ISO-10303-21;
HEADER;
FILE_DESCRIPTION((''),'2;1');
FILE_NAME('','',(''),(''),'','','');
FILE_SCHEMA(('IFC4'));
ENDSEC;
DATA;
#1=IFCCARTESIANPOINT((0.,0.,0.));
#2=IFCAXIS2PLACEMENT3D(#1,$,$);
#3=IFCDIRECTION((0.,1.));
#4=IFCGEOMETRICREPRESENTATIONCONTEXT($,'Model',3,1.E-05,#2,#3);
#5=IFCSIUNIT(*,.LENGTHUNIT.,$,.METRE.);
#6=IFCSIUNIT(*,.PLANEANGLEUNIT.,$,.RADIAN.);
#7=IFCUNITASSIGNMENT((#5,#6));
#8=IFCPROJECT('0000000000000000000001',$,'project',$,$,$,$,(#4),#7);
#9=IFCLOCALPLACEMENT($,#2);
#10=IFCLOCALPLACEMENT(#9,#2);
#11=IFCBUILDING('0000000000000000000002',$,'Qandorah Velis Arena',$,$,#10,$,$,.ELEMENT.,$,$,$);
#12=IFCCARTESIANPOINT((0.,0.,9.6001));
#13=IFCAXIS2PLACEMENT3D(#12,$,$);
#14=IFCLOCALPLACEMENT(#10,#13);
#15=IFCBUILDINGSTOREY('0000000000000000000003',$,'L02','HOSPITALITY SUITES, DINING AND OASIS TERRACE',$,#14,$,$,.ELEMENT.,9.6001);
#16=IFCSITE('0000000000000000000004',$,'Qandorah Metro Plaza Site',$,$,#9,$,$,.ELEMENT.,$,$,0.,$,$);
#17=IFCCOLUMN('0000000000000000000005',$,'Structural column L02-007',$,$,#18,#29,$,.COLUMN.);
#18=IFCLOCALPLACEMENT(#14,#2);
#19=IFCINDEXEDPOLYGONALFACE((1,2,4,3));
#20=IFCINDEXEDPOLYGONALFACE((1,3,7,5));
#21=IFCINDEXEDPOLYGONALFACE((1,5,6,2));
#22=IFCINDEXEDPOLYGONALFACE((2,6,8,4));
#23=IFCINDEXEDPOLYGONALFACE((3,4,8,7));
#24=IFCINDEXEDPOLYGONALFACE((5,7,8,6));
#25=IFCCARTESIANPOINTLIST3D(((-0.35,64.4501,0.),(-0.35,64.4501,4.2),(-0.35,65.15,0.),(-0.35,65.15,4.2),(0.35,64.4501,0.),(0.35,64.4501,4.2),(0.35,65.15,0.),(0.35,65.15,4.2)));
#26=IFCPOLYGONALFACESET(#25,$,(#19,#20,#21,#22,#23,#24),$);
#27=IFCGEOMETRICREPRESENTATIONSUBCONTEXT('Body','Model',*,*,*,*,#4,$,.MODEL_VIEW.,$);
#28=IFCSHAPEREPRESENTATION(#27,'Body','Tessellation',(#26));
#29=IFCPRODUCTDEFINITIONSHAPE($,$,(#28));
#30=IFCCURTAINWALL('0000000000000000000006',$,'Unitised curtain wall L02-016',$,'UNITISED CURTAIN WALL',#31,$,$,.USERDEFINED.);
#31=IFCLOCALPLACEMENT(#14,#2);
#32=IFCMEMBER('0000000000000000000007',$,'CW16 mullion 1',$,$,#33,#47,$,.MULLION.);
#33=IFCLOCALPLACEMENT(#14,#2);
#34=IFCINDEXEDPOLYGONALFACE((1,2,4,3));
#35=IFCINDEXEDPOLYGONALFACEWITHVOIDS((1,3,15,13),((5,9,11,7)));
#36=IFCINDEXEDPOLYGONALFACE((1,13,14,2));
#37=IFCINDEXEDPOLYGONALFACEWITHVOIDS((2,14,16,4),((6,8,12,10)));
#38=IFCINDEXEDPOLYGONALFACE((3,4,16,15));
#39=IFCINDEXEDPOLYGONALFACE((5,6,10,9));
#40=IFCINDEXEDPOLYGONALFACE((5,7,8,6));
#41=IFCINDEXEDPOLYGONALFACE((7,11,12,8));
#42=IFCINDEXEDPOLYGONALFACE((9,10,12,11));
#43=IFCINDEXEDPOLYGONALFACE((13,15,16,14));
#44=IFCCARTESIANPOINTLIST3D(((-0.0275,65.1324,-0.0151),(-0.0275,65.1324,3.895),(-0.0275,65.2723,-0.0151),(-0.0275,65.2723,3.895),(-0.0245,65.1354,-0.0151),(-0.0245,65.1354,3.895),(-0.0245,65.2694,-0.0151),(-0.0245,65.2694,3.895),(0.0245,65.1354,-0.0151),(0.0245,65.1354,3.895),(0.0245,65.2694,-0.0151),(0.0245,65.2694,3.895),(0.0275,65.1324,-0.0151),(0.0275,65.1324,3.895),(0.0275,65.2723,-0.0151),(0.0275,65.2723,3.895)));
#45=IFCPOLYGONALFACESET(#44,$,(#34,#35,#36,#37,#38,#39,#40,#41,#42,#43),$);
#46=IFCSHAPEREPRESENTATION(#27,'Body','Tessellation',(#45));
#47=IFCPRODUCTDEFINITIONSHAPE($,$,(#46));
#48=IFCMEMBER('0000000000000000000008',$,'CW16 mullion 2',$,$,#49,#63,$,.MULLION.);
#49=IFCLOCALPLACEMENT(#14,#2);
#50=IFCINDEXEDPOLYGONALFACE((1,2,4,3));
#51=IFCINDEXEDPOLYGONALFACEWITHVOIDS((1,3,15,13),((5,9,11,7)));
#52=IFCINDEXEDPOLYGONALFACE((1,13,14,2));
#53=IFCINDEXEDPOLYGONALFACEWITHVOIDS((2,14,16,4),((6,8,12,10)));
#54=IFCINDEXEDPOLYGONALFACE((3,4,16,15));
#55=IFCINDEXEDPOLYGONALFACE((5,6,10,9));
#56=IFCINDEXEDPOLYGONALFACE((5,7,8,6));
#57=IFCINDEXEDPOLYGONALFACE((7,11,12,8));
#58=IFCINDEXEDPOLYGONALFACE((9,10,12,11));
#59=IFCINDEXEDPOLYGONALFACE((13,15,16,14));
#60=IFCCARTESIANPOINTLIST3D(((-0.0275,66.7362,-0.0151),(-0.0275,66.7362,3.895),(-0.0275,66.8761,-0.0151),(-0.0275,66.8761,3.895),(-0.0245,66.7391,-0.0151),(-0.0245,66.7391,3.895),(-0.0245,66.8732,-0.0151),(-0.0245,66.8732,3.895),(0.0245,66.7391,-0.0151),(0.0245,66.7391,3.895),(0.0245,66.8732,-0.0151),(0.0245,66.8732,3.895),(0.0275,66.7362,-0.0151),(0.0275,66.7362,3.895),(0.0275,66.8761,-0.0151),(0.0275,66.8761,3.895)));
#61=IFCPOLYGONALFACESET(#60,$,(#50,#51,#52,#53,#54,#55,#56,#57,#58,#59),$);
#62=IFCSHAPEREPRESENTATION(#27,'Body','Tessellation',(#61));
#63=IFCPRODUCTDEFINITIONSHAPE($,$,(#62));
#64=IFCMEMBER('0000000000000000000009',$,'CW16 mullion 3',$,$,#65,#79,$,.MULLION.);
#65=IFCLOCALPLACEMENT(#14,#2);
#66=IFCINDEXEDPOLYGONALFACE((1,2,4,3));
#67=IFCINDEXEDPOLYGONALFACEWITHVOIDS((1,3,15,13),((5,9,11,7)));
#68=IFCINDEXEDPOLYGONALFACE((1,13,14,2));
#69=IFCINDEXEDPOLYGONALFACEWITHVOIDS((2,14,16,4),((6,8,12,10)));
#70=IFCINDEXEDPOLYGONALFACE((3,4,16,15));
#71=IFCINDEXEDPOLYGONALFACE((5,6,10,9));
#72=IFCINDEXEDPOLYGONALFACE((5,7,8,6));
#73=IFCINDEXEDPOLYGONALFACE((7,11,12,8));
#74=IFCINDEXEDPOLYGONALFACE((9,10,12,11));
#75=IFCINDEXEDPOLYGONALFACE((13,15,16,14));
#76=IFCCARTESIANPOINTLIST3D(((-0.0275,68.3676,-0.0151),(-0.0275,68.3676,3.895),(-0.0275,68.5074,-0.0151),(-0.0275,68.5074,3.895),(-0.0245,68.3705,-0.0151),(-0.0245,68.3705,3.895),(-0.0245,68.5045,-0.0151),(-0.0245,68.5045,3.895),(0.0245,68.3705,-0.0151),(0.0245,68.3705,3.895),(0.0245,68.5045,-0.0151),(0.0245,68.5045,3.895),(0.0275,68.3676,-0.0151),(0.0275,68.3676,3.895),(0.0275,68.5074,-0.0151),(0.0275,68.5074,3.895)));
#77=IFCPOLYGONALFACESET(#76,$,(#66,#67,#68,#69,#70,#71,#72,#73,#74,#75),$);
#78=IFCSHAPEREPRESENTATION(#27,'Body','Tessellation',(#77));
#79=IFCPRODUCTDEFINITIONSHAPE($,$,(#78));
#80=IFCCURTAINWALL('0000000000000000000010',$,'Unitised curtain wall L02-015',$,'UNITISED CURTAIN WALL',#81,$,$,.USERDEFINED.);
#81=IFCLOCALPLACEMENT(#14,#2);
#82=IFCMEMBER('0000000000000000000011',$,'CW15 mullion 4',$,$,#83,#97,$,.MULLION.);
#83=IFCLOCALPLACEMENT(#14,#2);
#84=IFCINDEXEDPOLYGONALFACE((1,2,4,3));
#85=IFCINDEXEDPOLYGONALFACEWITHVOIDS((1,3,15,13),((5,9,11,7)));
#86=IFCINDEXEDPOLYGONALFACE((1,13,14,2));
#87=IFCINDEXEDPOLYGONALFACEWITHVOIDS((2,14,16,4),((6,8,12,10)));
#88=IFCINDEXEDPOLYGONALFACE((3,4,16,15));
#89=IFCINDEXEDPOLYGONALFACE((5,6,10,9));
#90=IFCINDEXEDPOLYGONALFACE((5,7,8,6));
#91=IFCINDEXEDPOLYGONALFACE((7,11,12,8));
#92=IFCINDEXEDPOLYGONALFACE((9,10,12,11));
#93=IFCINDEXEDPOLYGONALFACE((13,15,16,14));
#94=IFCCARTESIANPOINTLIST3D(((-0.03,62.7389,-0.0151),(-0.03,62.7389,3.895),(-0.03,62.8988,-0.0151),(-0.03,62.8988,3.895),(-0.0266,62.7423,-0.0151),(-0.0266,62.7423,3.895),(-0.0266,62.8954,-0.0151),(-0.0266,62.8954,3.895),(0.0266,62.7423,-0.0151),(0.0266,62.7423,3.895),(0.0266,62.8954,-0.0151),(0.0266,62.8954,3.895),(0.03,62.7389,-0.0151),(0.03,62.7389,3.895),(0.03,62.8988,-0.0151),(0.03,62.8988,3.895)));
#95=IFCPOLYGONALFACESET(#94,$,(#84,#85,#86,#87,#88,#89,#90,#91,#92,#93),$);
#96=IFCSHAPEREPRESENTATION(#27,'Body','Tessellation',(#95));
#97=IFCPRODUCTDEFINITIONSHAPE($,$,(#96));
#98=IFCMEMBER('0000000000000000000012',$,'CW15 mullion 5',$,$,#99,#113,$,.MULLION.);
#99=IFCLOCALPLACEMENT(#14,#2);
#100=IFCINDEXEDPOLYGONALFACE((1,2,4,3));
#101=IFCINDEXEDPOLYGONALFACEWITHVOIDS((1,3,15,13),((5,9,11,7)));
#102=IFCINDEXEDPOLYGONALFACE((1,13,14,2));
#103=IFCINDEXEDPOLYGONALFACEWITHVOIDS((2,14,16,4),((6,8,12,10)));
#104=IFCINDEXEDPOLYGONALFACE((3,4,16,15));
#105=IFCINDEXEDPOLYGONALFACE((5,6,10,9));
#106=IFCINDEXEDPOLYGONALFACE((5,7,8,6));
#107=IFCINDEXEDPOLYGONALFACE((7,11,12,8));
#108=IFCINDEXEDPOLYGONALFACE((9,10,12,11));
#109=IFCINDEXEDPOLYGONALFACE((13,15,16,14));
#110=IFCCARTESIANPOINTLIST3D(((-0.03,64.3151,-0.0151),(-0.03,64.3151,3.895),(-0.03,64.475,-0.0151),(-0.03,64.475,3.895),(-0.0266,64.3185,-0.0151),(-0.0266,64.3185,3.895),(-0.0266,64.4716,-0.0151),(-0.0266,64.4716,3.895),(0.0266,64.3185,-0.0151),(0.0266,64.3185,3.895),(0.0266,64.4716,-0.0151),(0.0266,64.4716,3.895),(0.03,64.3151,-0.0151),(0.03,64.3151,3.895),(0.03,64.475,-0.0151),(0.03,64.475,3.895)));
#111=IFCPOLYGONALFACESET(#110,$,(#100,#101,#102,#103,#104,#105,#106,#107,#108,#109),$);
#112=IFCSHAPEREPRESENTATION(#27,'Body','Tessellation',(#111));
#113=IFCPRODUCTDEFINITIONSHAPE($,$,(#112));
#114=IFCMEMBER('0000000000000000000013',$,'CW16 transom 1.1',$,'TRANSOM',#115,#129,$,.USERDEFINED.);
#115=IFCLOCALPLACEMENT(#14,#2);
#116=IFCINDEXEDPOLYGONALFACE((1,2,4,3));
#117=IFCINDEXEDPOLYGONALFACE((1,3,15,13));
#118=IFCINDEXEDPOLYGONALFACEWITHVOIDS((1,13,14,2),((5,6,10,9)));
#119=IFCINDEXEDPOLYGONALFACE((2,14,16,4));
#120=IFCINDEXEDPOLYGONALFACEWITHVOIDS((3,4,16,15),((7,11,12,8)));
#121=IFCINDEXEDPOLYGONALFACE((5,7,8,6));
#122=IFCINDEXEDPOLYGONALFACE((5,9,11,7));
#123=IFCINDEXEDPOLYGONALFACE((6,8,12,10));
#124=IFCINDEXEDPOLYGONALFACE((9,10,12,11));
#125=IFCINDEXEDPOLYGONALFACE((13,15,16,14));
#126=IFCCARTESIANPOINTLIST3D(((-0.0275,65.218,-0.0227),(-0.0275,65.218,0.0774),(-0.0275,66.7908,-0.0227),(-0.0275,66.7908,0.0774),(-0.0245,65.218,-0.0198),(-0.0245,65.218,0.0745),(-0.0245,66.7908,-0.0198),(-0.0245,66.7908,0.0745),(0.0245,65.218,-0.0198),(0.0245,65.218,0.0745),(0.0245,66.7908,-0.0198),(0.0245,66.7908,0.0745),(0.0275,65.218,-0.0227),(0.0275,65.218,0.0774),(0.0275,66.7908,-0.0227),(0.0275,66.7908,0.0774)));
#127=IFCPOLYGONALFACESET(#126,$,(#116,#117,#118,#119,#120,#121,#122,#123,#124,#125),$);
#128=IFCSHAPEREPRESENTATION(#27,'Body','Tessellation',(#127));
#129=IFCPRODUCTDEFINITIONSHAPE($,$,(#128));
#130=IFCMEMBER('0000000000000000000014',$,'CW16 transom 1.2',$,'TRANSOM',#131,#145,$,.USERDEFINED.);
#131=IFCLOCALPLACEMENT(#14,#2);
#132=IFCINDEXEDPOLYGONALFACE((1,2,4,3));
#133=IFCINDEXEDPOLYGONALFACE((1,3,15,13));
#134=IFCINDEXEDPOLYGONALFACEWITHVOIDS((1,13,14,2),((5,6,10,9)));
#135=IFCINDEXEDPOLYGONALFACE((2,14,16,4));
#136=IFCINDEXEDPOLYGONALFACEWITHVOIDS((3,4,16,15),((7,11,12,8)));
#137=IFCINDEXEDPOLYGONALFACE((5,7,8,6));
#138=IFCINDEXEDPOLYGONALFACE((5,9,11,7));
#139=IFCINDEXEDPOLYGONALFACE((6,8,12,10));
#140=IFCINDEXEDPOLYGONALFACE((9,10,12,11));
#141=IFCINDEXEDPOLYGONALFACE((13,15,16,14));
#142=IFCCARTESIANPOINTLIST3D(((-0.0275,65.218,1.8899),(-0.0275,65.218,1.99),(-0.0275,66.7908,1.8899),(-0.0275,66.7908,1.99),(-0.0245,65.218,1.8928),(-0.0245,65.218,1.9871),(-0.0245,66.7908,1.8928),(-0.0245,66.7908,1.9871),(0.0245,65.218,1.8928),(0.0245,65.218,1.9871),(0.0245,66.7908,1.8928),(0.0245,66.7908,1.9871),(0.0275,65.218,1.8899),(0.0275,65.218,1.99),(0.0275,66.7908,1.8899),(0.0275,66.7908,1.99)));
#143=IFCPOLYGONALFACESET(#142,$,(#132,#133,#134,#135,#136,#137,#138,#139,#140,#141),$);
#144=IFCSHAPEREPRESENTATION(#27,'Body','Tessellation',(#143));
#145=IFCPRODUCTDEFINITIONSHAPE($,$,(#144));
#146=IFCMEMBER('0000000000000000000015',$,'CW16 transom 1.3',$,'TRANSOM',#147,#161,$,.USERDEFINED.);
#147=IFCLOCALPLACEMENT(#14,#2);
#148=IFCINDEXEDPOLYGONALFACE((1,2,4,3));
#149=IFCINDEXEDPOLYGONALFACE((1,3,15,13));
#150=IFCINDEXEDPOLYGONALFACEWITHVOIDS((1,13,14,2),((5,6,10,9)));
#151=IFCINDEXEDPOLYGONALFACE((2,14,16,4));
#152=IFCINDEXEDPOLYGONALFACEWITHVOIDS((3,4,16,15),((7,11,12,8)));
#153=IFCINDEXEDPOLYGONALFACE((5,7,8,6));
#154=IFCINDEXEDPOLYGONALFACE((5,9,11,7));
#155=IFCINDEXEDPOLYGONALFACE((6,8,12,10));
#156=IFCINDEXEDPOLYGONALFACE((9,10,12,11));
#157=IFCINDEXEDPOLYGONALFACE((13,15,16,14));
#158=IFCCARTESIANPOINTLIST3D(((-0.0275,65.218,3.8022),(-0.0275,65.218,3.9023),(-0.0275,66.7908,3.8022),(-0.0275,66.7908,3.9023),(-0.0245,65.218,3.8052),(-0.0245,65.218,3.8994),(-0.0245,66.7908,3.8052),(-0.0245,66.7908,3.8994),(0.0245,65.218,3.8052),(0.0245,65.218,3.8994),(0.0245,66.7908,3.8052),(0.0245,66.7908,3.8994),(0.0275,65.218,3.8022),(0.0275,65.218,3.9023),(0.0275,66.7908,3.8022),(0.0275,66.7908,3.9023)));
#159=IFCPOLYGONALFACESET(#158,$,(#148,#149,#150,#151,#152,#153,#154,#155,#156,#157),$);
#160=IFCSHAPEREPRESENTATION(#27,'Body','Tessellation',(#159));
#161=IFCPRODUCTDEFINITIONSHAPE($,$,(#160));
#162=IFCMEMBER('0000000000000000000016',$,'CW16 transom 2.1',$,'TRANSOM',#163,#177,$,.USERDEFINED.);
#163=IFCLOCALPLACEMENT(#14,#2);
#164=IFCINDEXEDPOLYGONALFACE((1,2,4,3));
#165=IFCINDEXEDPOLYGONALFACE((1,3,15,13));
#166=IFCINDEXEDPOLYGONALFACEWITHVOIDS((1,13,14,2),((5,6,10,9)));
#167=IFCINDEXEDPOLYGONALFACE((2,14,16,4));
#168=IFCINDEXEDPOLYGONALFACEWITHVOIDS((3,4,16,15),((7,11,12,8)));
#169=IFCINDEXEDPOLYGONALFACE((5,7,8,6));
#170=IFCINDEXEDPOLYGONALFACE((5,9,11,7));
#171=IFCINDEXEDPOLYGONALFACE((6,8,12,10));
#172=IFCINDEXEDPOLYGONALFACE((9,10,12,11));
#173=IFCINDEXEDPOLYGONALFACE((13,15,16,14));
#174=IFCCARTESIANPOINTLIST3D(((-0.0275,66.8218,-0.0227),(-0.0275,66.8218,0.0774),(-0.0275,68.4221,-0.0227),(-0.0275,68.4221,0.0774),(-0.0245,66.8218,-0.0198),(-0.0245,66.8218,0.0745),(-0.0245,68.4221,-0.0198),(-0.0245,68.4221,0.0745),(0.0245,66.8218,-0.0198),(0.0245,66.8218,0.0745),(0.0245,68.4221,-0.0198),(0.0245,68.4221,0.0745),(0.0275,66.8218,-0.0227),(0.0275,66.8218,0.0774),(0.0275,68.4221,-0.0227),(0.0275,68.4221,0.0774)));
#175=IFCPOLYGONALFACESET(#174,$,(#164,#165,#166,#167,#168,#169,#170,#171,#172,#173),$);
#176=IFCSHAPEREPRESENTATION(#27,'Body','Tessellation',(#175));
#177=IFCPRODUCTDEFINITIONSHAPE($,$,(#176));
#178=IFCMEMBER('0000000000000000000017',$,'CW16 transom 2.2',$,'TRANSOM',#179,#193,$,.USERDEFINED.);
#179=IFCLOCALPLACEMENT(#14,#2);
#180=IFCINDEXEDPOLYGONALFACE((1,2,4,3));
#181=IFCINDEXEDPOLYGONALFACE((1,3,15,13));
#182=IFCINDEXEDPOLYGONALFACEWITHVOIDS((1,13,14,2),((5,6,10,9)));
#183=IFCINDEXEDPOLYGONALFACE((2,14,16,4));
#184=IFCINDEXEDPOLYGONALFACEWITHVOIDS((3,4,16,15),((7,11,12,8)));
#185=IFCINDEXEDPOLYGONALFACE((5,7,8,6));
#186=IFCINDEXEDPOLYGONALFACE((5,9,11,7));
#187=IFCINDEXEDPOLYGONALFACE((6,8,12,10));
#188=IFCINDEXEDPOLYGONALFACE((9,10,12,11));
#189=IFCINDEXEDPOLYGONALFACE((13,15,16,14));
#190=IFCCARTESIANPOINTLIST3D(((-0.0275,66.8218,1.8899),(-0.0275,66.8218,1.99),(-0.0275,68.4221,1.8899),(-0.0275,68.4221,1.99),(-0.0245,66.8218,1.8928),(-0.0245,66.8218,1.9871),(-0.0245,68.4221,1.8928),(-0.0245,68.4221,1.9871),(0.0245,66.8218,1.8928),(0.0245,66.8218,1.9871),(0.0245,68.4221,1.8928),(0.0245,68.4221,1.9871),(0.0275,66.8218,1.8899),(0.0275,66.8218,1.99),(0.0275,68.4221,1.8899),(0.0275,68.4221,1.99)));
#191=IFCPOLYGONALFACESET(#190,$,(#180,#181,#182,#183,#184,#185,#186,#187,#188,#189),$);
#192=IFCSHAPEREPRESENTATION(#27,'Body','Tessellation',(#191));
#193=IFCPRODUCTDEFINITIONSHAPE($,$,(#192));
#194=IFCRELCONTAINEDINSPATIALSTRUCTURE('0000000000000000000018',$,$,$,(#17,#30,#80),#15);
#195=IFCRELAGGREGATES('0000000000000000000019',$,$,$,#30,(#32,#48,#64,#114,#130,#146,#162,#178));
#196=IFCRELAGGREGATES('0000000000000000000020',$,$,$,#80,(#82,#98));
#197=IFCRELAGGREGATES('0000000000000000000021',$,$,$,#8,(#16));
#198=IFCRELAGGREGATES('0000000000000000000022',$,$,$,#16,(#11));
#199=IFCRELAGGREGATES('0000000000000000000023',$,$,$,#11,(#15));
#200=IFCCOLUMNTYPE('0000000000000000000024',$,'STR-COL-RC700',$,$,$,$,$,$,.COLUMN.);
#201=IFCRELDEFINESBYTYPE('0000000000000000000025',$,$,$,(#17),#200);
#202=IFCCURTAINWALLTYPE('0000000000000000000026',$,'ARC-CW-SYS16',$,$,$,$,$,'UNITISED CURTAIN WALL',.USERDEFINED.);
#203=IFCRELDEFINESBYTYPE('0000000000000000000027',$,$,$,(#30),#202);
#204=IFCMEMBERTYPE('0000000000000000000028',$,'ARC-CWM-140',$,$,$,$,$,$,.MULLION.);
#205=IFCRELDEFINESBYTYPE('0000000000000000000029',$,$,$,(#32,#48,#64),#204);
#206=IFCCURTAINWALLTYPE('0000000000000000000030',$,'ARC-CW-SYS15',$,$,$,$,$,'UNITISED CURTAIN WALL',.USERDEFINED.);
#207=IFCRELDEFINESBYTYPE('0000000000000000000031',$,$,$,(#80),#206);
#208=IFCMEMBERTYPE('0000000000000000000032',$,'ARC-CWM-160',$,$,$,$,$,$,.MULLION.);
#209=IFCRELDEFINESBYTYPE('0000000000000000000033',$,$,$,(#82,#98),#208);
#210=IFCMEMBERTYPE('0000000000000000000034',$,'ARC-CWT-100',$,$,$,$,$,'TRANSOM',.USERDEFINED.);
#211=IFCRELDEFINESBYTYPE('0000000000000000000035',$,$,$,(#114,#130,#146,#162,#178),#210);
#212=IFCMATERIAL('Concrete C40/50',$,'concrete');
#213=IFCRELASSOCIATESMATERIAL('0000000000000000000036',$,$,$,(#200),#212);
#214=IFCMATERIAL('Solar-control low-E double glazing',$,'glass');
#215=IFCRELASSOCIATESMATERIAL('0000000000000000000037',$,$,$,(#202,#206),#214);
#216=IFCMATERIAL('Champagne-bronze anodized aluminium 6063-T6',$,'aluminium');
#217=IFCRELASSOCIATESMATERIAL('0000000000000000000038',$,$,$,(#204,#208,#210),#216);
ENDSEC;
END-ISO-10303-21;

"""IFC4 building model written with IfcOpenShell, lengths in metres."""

from ifc_helpers import new_model, si_unit, direction, frame, origin, origin_2d, place, context, subcontext, project, spatial, rectangle, hollow_rectangle, extrude, material, material_profile, profile_set, type_object, element, aggregate, save


model = new_model("IFC4")

# Units and contexts
model_context = context("Model", 3, precision=1e-05, world=origin(), true_north=direction((0.0, 1.0)))
body_context = subcontext(model_context, "Body", "Model", "MODEL_VIEW")
ifc_project = project(units=[si_unit("LENGTHUNIT", "METRE"), si_unit("PLANEANGLEUNIT", "RADIAN")], contexts=[model_context])

# Site, building, storey
site_placement = place(None, origin())
site = spatial("IfcSite", under=ifc_project, at=site_placement, Name="Qandorah Metro Plaza Site", CompositionType="ELEMENT", RefElevation=0.0)
building_placement = place(site_placement, origin())
building = spatial("IfcBuilding", under=site, at=building_placement, Name="Qandorah Velis Arena", CompositionType="ELEMENT")
storey_placement = place(building_placement, frame((0.0, 0.0, 9.6001)))
storey = spatial("IfcBuildingStorey", under=building, at=storey_placement, Name="L02", Description="HOSPITALITY SUITES, DINING AND OASIS TERRACE", CompositionType="ELEMENT", Elevation=9.6001)

# Column
ifc_material_1 = material(Name="Concrete C40/50", Category="concrete")
ifc_material_profile_1 = material_profile(ifc_material_1, rectangle(XDim=0.7, YDim=0.7, at=origin_2d()), Name="RC COL 700x700")
ifc_profile_set_1 = profile_set([ifc_material_profile_1], Name="Concrete C40/50")
column_type = type_object("IfcColumnType", Name="STR-COL-RC700", PredefinedType="COLUMN", material=ifc_profile_set_1)
column_placement = place(storey_placement, frame((0.0, 64.8, 0.0), z_axis=(0.0, 0.0, 1.0), x_axis=(1.0, 0.0, 0.0)))
element("IfcColumn", 1, at=column_placement, inside=storey, type_object=column_type, Name="Structural column L02-007", PredefinedType="COLUMN", context=body_context, shape_type="SweptSolid", body=[
    extrude(rectangle(XDim=0.7, YDim=0.7, at=origin_2d()), origin(), (0.0, 0.0, 1.0), 4.2),
])

# Curtain walls, members
ifc_material_2 = material(Name="Solar-control low-E double glazing", Category="glass")
curtain_wall_type_1 = type_object("IfcCurtainWallType", Name="ARC-CW-SYS16", ElementType="UNITISED CURTAIN WALL", PredefinedType="USERDEFINED", material=ifc_material_2)
curtain_wall_1_placement = place(storey_placement, origin())
curtain_wall_1 = element("IfcCurtainWall", 2, at=curtain_wall_1_placement, inside=storey, type_object=curtain_wall_type_1, Name="Unitised curtain wall L02-016", ObjectType="UNITISED CURTAIN WALL", PredefinedType="USERDEFINED")
ifc_material_3 = material(Name="Champagne-bronze anodized aluminium 6063-T6", Category="aluminium")
ifc_material_profile_2 = material_profile(ifc_material_3, hollow_rectangle(XDim=0.0549, YDim=0.1399, WallThickness=0.0029, at=origin_2d()), Name="ALU MULLION 55x140")
ifc_profile_set_2 = profile_set([ifc_material_profile_2], Name="Champagne-bronze anodized aluminium 6063-T6")
member_type_1 = type_object("IfcMemberType", Name="ARC-CWM-140", PredefinedType="MULLION", material=ifc_profile_set_2)
member_1_placement = place(storey_placement, frame((0.0, 65.2024, -0.0151), z_axis=(0.0, 0.0, 1.0), x_axis=(-1.0, 0.0, 0.0)))
member_1 = element("IfcMember", 3, at=member_1_placement, type_object=member_type_1, Name="CW16 mullion 1", PredefinedType="MULLION", context=body_context, shape_type="SweptSolid", body=[
    extrude(hollow_rectangle(XDim=0.0549, YDim=0.1399, WallThickness=0.0029, at=origin_2d()), origin(), (0.0, 0.0, 1.0), 3.9102),
])
member_2_placement = place(storey_placement, frame((0.0, 66.8062, -0.0151), z_axis=(0.0, 0.0, 1.0), x_axis=(-1.0, 0.0, 0.0)))
member_2 = element("IfcMember", 4, at=member_2_placement, type_object=member_type_1, Name="CW16 mullion 2", PredefinedType="MULLION", context=body_context, shape_type="SweptSolid", body=[
    extrude(hollow_rectangle(XDim=0.0549, YDim=0.1399, WallThickness=0.0029, at=origin_2d()), origin(), (0.0, 0.0, 1.0), 3.9102),
])
member_3_placement = place(storey_placement, frame((0.0, 68.4375, -0.0151), z_axis=(0.0, 0.0, 1.0), x_axis=(-1.0, 0.0, 0.0)))
member_3 = element("IfcMember", 5, at=member_3_placement, type_object=member_type_1, Name="CW16 mullion 3", PredefinedType="MULLION", context=body_context, shape_type="SweptSolid", body=[
    extrude(hollow_rectangle(XDim=0.0549, YDim=0.1399, WallThickness=0.0029, at=origin_2d()), origin(), (0.0, 0.0, 1.0), 3.9102),
])
curtain_wall_type_2 = type_object("IfcCurtainWallType", Name="ARC-CW-SYS15", ElementType="UNITISED CURTAIN WALL", PredefinedType="USERDEFINED", material=ifc_material_2)
curtain_wall_2_placement = place(storey_placement, origin())
curtain_wall_2 = element("IfcCurtainWall", 6, at=curtain_wall_2_placement, inside=storey, type_object=curtain_wall_type_2, Name="Unitised curtain wall L02-015", ObjectType="UNITISED CURTAIN WALL", PredefinedType="USERDEFINED")
ifc_material_profile_3 = material_profile(ifc_material_3, hollow_rectangle(XDim=0.0601, YDim=0.1599, WallThickness=0.0034, at=origin_2d()), Name="ALU MULLION 60x160")
ifc_profile_set_3 = profile_set([ifc_material_profile_3], Name="Champagne-bronze anodized aluminium 6063-T6")
member_type_2 = type_object("IfcMemberType", Name="ARC-CWM-160", PredefinedType="MULLION", material=ifc_profile_set_3)
member_4_placement = place(storey_placement, frame((0.0, 62.8188, -0.0151), z_axis=(0.0, 0.0, 1.0), x_axis=(-1.0, 0.0, 0.0)))
member_4 = element("IfcMember", 7, at=member_4_placement, type_object=member_type_2, Name="CW15 mullion 4", PredefinedType="MULLION", context=body_context, shape_type="SweptSolid", body=[
    extrude(hollow_rectangle(XDim=0.0601, YDim=0.1599, WallThickness=0.0034, at=origin_2d()), origin(), (0.0, 0.0, 1.0), 3.9102),
])
member_5_placement = place(storey_placement, frame((0.0, 64.395, -0.0151), z_axis=(0.0, 0.0, 1.0), x_axis=(-1.0, 0.0, 0.0)))
member_5 = element("IfcMember", 8, at=member_5_placement, type_object=member_type_2, Name="CW15 mullion 5", PredefinedType="MULLION", context=body_context, shape_type="SweptSolid", body=[
    extrude(hollow_rectangle(XDim=0.0601, YDim=0.1599, WallThickness=0.0034, at=origin_2d()), origin(), (0.0, 0.0, 1.0), 3.9102),
])

# Members
ifc_material_profile_4 = material_profile(ifc_material_3, hollow_rectangle(XDim=0.0549, YDim=0.1001, WallThickness=0.0029, at=origin_2d()), Name="ALU TRANSOM 55x100")
ifc_profile_set_4 = profile_set([ifc_material_profile_4], Name="Champagne-bronze anodized aluminium 6063-T6")
member_type_3 = type_object("IfcMemberType", Name="ARC-CWT-100", ElementType="TRANSOM", PredefinedType="USERDEFINED", material=ifc_profile_set_4)
member_6_placement = place(storey_placement, frame((0.0, 65.218, 0.0273), z_axis=(0.0, 1.0, 0.0), x_axis=(-1.0, 0.0, 0.0)))
member_6 = element("IfcMember", 9, at=member_6_placement, type_object=member_type_3, Name="CW16 transom 1.1", ObjectType="TRANSOM", PredefinedType="USERDEFINED", context=body_context, shape_type="SweptSolid", body=[
    extrude(hollow_rectangle(XDim=0.0549, YDim=0.1001, WallThickness=0.0029, at=origin_2d()), origin(), (0.0, 0.0, 1.0), 1.5728),
])
member_7_placement = place(storey_placement, frame((0.0, 65.218, 1.9399), z_axis=(0.0, 1.0, 0.0), x_axis=(-1.0, 0.0, 0.0)))
member_7 = element("IfcMember", 10, at=member_7_placement, type_object=member_type_3, Name="CW16 transom 1.2", ObjectType="TRANSOM", PredefinedType="USERDEFINED", context=body_context, shape_type="SweptSolid", body=[
    extrude(hollow_rectangle(XDim=0.0549, YDim=0.1001, WallThickness=0.0029, at=origin_2d()), origin(), (0.0, 0.0, 1.0), 1.5728),
])
member_8_placement = place(storey_placement, frame((0.0, 65.218, 3.8523), z_axis=(0.0, 1.0, 0.0), x_axis=(-1.0, 0.0, 0.0)))
member_8 = element("IfcMember", 11, at=member_8_placement, type_object=member_type_3, Name="CW16 transom 1.3", ObjectType="TRANSOM", PredefinedType="USERDEFINED", context=body_context, shape_type="SweptSolid", body=[
    extrude(hollow_rectangle(XDim=0.0549, YDim=0.1001, WallThickness=0.0029, at=origin_2d()), origin(), (0.0, 0.0, 1.0), 1.5728),
])
member_9_placement = place(storey_placement, frame((0.0, 66.8218, 0.0273), z_axis=(0.0, 1.0, 0.0), x_axis=(-1.0, 0.0, 0.0)))
member_9 = element("IfcMember", 12, at=member_9_placement, type_object=member_type_3, Name="CW16 transom 2.1", ObjectType="TRANSOM", PredefinedType="USERDEFINED", context=body_context, shape_type="SweptSolid", body=[
    extrude(hollow_rectangle(XDim=0.0549, YDim=0.1001, WallThickness=0.0029, at=origin_2d()), origin(), (0.0, 0.0, 1.0), 1.6003),
])
member_10_placement = place(storey_placement, frame((0.0, 66.8218, 1.9399), z_axis=(0.0, 1.0, 0.0), x_axis=(-1.0, 0.0, 0.0)))
member_10 = element("IfcMember", 13, at=member_10_placement, type_object=member_type_3, Name="CW16 transom 2.2", ObjectType="TRANSOM", PredefinedType="USERDEFINED", context=body_context, shape_type="SweptSolid", body=[
    extrude(hollow_rectangle(XDim=0.0549, YDim=0.1001, WallThickness=0.0029, at=origin_2d()), origin(), (0.0, 0.0, 1.0), 1.6003),
])

aggregate(curtain_wall_1, [member_1, member_2, member_3, member_6, member_7, member_8, member_9, member_10])
aggregate(curtain_wall_2, [member_4, member_5])

save(model, "model.ifc")
